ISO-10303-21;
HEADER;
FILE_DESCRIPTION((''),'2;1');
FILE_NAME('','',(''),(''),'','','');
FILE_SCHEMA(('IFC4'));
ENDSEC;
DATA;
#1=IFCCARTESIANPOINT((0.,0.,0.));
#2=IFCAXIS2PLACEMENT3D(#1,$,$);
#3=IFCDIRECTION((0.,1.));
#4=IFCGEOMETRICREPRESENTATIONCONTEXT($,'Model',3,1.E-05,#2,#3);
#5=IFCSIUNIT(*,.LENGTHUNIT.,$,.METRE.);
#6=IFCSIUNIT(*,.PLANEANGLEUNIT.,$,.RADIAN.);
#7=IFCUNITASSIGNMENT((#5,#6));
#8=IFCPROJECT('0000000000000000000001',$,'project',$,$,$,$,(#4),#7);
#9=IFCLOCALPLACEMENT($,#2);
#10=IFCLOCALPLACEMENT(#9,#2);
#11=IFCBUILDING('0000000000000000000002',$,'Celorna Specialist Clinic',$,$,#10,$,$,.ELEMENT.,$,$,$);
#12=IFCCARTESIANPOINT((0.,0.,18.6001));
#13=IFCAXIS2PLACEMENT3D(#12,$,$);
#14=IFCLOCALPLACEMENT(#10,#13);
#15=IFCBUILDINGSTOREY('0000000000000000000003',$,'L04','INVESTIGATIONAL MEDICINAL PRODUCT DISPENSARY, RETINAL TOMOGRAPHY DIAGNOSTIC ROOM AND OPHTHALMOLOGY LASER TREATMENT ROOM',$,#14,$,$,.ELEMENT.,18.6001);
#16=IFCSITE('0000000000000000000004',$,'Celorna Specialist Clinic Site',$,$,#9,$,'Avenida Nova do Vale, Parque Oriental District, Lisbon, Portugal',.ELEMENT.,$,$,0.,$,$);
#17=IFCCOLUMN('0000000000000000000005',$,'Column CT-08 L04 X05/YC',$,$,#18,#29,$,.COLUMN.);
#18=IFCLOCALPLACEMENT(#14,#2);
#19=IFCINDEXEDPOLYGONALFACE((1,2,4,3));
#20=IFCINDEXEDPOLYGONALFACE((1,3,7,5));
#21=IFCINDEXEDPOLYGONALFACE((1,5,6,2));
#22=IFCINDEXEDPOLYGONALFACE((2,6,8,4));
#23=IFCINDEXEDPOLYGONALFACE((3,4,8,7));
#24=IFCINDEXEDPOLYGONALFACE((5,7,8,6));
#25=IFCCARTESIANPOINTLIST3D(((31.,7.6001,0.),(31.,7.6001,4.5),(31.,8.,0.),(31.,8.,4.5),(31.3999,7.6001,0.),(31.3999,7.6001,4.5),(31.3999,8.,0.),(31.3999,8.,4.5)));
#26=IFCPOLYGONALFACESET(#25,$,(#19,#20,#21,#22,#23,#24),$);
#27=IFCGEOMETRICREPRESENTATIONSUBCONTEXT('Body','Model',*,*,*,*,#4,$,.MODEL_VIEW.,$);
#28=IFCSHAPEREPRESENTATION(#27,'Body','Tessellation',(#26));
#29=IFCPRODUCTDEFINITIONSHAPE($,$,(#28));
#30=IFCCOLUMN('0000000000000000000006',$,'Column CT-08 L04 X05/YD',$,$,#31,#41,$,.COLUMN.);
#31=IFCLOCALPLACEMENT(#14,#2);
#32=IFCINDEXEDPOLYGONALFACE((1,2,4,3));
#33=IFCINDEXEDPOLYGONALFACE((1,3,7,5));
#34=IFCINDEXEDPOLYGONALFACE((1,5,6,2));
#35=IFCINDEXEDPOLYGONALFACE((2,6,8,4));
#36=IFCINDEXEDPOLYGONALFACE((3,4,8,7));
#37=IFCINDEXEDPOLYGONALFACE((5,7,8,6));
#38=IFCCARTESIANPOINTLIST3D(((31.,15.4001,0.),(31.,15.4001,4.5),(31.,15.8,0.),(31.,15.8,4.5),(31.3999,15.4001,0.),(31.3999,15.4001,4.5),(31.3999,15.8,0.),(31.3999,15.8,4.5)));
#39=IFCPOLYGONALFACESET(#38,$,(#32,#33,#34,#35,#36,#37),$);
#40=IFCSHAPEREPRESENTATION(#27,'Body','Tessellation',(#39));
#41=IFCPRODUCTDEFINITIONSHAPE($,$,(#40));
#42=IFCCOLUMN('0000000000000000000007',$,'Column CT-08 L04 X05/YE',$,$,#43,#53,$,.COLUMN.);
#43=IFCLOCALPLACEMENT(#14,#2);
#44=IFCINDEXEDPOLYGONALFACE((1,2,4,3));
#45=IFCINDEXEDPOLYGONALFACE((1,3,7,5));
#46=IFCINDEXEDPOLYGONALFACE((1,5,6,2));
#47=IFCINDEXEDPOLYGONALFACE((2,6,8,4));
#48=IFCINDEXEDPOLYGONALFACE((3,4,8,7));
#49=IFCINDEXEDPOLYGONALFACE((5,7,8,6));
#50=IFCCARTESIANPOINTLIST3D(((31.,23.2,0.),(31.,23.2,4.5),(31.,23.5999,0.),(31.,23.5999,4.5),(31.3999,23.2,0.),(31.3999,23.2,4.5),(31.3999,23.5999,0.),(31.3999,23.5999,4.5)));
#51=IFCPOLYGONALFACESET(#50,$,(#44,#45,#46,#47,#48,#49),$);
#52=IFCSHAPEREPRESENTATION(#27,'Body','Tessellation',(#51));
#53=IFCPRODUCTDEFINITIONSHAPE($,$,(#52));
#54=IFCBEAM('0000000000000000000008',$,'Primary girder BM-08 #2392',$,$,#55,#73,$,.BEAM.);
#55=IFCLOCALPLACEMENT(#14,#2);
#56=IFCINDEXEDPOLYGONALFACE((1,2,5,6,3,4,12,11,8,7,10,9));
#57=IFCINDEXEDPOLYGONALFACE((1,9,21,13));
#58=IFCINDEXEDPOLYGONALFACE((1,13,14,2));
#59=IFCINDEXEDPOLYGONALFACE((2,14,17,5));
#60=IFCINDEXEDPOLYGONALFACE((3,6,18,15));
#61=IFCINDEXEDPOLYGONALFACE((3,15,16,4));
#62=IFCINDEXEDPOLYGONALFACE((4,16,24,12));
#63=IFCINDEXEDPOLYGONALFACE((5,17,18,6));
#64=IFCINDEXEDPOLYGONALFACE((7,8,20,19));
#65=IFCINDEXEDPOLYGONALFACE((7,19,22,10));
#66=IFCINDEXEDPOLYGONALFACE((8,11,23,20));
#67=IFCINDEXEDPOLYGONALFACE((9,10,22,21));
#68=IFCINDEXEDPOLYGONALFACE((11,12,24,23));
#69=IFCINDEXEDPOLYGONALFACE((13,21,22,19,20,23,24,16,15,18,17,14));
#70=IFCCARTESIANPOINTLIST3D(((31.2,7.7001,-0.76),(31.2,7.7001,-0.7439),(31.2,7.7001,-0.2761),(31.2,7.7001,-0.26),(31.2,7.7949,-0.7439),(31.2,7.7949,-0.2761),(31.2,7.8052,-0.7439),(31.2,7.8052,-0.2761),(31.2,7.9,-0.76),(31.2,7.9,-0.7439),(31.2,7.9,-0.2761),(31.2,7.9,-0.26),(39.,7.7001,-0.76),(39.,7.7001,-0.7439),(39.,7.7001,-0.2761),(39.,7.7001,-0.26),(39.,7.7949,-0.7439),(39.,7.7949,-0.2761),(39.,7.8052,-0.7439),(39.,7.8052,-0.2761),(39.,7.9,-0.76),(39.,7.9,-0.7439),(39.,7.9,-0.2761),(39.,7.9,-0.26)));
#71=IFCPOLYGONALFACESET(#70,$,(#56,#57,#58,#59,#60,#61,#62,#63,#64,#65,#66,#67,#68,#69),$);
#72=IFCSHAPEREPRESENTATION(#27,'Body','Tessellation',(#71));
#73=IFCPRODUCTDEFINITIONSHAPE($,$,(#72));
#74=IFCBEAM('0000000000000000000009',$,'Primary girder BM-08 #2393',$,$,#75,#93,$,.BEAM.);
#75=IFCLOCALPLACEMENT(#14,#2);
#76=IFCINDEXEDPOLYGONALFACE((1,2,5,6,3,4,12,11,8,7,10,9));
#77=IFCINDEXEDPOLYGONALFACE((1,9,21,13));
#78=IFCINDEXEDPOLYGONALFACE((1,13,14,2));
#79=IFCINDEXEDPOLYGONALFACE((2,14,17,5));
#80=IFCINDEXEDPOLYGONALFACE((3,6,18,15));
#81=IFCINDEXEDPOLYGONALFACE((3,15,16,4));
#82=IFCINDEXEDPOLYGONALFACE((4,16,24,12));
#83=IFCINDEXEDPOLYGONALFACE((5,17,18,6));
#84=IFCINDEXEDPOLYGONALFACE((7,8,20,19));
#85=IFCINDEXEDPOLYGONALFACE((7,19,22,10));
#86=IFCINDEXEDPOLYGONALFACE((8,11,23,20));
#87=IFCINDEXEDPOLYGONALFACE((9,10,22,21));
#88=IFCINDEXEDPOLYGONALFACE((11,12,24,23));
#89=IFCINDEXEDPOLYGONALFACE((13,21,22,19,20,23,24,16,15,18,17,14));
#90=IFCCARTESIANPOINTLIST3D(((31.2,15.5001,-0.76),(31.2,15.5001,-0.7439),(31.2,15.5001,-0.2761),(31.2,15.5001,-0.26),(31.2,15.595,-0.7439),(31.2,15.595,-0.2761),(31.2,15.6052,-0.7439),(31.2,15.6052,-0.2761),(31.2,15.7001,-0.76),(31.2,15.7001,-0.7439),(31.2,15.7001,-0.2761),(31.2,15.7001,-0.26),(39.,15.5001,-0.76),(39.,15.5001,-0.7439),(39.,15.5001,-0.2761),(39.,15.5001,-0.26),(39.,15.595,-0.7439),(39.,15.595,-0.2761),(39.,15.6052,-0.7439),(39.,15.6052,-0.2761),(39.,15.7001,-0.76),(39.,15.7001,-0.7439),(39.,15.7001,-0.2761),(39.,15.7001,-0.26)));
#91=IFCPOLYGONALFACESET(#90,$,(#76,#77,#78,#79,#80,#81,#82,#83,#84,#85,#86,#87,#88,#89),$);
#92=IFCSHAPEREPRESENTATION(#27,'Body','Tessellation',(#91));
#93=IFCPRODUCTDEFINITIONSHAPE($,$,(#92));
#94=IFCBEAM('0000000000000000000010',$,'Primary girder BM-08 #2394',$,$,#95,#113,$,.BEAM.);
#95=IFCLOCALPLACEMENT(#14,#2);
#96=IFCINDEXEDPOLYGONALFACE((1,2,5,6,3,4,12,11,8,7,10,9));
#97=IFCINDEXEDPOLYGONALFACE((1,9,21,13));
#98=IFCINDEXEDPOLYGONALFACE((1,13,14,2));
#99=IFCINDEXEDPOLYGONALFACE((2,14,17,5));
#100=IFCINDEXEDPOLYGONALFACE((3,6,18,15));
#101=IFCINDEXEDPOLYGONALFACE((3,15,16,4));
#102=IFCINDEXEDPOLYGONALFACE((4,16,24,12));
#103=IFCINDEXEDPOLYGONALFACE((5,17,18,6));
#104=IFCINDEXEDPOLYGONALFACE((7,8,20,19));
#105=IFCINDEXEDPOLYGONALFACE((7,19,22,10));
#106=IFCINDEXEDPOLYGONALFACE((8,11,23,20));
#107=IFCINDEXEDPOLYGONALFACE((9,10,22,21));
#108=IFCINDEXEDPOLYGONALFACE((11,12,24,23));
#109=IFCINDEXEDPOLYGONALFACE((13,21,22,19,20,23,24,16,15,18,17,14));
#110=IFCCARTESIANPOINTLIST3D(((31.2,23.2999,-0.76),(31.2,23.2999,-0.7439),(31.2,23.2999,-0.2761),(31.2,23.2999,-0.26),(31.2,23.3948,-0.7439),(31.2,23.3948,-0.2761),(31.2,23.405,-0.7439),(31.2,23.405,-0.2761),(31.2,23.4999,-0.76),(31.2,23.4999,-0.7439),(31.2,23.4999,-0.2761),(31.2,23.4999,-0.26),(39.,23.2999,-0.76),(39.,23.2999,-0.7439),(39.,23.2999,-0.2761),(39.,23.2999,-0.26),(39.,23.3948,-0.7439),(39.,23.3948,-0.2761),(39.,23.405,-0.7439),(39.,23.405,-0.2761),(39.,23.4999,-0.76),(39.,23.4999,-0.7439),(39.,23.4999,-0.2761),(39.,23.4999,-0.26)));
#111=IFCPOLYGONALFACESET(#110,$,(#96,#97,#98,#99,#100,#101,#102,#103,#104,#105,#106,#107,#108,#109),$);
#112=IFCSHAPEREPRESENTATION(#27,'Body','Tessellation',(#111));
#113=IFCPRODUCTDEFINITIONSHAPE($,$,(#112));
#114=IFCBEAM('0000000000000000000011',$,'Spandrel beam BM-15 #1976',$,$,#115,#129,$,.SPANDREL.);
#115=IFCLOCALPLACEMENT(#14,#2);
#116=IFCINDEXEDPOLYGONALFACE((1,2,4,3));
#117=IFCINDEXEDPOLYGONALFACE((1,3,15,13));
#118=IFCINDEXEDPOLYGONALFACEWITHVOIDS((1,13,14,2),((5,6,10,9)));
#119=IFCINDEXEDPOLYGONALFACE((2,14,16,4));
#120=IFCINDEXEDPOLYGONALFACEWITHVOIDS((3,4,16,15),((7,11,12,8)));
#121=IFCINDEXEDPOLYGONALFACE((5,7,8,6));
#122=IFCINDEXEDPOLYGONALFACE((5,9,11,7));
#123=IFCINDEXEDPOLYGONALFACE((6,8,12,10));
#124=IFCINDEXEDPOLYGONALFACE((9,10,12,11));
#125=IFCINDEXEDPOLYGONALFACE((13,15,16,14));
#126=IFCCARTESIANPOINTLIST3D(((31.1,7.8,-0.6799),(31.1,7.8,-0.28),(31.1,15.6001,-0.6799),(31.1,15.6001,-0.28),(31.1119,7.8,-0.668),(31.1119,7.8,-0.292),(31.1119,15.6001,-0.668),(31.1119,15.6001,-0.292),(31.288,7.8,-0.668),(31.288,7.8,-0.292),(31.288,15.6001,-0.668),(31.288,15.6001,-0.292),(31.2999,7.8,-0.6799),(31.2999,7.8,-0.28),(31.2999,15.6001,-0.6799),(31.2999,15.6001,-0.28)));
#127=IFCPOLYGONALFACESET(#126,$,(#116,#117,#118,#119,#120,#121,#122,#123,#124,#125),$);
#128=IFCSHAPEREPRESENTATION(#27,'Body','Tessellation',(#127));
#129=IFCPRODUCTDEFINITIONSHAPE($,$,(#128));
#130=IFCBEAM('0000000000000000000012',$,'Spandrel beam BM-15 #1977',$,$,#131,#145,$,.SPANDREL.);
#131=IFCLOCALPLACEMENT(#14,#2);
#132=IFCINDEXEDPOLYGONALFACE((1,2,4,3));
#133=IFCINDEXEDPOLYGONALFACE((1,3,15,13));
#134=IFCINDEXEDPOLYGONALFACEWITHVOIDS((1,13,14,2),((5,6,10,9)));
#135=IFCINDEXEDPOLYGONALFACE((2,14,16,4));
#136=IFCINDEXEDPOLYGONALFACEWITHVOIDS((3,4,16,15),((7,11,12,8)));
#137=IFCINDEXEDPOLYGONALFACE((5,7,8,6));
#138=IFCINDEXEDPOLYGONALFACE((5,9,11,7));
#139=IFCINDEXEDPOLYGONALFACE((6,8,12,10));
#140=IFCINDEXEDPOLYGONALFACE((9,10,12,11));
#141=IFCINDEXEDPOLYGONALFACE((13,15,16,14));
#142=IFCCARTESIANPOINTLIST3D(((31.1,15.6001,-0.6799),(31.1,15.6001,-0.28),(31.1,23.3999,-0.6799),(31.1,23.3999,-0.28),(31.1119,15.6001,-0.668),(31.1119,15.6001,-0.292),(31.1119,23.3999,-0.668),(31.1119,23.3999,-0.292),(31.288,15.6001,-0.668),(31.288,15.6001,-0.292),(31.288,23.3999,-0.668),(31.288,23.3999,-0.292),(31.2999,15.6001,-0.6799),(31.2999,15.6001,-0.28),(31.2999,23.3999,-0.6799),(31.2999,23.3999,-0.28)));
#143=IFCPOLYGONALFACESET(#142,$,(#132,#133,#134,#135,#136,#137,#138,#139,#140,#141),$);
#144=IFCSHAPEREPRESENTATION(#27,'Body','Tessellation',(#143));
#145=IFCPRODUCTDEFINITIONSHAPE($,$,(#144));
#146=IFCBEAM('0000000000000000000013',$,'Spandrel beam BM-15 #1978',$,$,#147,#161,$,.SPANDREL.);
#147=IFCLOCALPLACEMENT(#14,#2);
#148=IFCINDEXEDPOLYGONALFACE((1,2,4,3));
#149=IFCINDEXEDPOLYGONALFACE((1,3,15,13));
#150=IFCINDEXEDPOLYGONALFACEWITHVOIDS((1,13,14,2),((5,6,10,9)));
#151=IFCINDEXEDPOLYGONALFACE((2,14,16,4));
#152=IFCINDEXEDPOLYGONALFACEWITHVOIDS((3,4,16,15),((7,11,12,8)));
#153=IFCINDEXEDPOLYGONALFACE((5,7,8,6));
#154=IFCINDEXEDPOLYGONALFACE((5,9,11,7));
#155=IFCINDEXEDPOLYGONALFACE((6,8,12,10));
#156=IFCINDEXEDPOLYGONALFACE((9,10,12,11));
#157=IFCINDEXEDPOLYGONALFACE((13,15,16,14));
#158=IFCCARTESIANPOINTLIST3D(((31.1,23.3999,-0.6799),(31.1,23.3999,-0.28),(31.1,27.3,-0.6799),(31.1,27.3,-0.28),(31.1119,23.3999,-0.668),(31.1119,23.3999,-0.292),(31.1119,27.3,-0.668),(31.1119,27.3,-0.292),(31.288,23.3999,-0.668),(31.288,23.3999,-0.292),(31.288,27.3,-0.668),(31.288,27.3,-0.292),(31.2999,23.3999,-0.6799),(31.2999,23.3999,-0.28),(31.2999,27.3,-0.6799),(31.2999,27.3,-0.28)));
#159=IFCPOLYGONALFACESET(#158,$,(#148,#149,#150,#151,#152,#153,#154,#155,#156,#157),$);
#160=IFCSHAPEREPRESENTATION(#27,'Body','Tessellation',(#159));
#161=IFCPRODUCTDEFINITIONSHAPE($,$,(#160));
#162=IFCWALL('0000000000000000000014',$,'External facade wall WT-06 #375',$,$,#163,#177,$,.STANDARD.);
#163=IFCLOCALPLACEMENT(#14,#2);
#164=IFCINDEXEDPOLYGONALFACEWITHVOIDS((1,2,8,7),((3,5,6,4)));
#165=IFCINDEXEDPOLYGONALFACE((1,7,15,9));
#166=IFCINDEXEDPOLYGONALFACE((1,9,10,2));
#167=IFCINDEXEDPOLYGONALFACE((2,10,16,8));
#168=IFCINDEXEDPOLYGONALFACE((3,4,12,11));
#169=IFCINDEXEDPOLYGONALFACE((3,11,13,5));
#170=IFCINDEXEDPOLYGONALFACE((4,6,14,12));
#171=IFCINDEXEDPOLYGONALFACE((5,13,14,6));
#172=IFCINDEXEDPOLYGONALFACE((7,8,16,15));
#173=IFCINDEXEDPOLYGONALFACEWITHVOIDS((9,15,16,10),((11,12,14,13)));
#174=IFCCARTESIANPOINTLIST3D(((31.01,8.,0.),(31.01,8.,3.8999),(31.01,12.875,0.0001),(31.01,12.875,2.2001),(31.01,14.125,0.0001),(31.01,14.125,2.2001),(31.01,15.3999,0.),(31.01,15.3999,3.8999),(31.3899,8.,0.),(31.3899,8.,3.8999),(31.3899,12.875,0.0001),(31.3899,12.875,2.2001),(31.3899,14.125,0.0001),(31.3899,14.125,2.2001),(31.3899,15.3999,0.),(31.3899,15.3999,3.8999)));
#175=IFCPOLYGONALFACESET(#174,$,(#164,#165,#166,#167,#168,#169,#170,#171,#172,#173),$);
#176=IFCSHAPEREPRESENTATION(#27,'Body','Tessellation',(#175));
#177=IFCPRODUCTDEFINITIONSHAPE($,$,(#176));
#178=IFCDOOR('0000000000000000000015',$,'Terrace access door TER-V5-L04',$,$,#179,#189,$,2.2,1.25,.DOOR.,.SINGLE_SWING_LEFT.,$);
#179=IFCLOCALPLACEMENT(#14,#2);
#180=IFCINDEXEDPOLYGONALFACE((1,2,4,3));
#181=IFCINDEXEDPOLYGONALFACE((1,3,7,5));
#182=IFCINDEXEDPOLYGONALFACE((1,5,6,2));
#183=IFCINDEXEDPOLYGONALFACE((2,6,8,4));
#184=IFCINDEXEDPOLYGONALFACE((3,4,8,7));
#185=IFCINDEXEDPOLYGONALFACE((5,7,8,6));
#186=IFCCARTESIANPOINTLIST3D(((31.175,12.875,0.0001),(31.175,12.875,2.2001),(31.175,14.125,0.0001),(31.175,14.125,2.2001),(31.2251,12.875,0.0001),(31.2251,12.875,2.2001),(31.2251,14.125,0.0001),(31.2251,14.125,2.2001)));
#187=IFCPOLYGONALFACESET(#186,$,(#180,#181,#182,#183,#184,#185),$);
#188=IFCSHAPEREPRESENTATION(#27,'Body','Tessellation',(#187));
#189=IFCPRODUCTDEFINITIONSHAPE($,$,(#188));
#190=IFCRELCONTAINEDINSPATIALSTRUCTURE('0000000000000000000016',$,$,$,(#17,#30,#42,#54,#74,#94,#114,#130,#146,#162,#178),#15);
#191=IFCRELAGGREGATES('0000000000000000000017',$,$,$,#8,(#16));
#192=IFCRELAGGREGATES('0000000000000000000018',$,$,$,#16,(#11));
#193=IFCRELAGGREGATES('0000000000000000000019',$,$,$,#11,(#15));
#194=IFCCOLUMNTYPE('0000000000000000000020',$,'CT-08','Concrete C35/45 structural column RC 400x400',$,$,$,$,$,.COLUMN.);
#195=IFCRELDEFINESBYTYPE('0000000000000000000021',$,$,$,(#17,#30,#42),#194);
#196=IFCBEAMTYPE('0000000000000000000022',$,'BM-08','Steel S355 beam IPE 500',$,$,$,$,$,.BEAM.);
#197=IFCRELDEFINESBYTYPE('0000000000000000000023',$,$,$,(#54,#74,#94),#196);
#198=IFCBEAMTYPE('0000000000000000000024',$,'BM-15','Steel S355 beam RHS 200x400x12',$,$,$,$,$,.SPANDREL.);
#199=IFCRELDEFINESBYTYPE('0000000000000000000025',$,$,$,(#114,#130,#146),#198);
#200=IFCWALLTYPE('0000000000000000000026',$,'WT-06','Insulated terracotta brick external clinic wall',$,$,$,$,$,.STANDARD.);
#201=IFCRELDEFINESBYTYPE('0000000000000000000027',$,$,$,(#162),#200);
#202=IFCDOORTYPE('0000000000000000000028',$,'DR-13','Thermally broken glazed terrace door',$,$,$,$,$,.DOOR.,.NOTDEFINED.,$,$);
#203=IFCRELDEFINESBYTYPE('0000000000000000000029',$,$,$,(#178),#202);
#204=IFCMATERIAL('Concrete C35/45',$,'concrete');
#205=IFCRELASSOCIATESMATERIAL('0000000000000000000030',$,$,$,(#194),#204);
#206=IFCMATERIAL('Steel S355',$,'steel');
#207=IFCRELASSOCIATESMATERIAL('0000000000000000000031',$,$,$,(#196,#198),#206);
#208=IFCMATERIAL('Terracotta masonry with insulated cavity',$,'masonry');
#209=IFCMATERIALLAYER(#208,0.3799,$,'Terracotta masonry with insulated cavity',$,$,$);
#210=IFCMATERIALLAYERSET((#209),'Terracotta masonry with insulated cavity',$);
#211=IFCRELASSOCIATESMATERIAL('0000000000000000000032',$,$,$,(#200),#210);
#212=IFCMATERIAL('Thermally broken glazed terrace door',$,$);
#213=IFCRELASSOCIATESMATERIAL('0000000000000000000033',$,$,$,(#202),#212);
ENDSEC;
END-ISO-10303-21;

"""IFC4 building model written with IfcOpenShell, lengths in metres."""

from ifc_helpers import new_model, si_unit, direction, frame, frame_2d, origin, origin_2d, place, context, subcontext, project, spatial, rectangle, hollow_rectangle, i_section, extrude, material, layer, layer_set, material_profile, profile_set, type_object, element, fill, save


model = new_model("IFC4")

# Units and contexts
model_context = context("Model", 3, precision=1e-05, world=origin(), true_north=direction((0.0, 1.0)))
body_context = subcontext(model_context, "Body", "Model", "MODEL_VIEW")
ifc_project = project(units=[si_unit("LENGTHUNIT", "METRE"), si_unit("PLANEANGLEUNIT", "RADIAN")], contexts=[model_context])

# Site, building, storey
site_placement = place(None, origin())
site = spatial("IfcSite", under=ifc_project, at=site_placement, Name="Celorna Specialist Clinic Site", LongName="Avenida Nova do Vale, Parque Oriental District, Lisbon, Portugal", CompositionType="ELEMENT", RefElevation=0.0)
building_placement = place(site_placement, origin())
building = spatial("IfcBuilding", under=site, at=building_placement, Name="Celorna Specialist Clinic", CompositionType="ELEMENT")
storey_placement = place(building_placement, frame((0.0, 0.0, 18.6001)))
storey = spatial("IfcBuildingStorey", under=building, at=storey_placement, Name="L04", Description="INVESTIGATIONAL MEDICINAL PRODUCT DISPENSARY, RETINAL TOMOGRAPHY DIAGNOSTIC ROOM AND OPHTHALMOLOGY LASER TREATMENT ROOM", CompositionType="ELEMENT", Elevation=18.6001)

# Columns
ifc_material_1 = material(Name="Concrete C35/45", Category="concrete")
ifc_material_profile_1 = material_profile(ifc_material_1, rectangle(XDim=0.3999, YDim=0.3999, at=origin_2d()), Name="RC 400x400")
ifc_profile_set_1 = profile_set([ifc_material_profile_1], Name="Concrete C35/45")
column_type = type_object("IfcColumnType", Name="CT-08", Description="Concrete C35/45 structural column RC 400x400", PredefinedType="COLUMN", material=ifc_profile_set_1)
for number, where, z_axis, x_axis, name in (
    (1, (31.2, 7.8, 0.0), (0.0, 0.0, 1.0), (1.0, 0.0, 0.0), "Column CT-08 L04 X05/YC"),
    (2, (31.2, 15.6001, 0.0), (0.0, 0.0, 1.0), (1.0, 0.0, 0.0), "Column CT-08 L04 X05/YD"),
    (3, (31.2, 23.3999, 0.0), (0.0, 0.0, 1.0), (1.0, 0.0, 0.0), "Column CT-08 L04 X05/YE"),
):
    element("IfcColumn", number, at=place(storey_placement, frame(where, z_axis=z_axis, x_axis=x_axis)), inside=storey, type_object=column_type, Name=name, PredefinedType="COLUMN", context=body_context, shape_type="SweptSolid", body=[
        extrude(rectangle(XDim=0.3999, YDim=0.3999, at=origin_2d()), origin(), (0.0, 0.0, 1.0), 4.5),
    ])

# Beams
ifc_material_2 = material(Name="Steel S355", Category="steel")
ifc_material_profile_2 = material_profile(ifc_material_2, i_section(OverallWidth=0.2, OverallDepth=0.5, WebThickness=0.0103, FlangeThickness=0.0161, at=origin_2d()), Name="IPE 500")
ifc_profile_set_2 = profile_set([ifc_material_profile_2], Name="Steel S355")
beam_type_1 = type_object("IfcBeamType", Name="BM-08", Description="Steel S355 beam IPE 500", PredefinedType="BEAM", material=ifc_profile_set_2)
for number, where, z_axis, x_axis, name in (
    (4, (31.2, 7.8, -0.51), (1.0, 0.0, 0.0), (0.0, 1.0, 0.0), "Primary girder BM-08 #2392"),
    (5, (31.2, 15.6001, -0.51), (1.0, 0.0, 0.0), (0.0, 1.0, 0.0), "Primary girder BM-08 #2393"),
    (6, (31.2, 23.3999, -0.51), (1.0, 0.0, 0.0), (0.0, 1.0, 0.0), "Primary girder BM-08 #2394"),
):
    element("IfcBeam", number, at=place(storey_placement, frame(where, z_axis=z_axis, x_axis=x_axis)), inside=storey, type_object=beam_type_1, Name=name, PredefinedType="BEAM", context=body_context, shape_type="SweptSolid", body=[
        extrude(i_section(OverallWidth=0.2, OverallDepth=0.5, WebThickness=0.0103, FlangeThickness=0.0161, at=origin_2d()), origin(), (0.0, 0.0, 1.0), 7.8),
    ])
ifc_material_profile_3 = material_profile(ifc_material_2, hollow_rectangle(XDim=0.2, YDim=0.3999, WallThickness=0.012, at=origin_2d()), Name="RHS 200x400x12")
ifc_profile_set_3 = profile_set([ifc_material_profile_3], Name="Steel S355")
beam_type_2 = type_object("IfcBeamType", Name="BM-15", Description="Steel S355 beam RHS 200x400x12", PredefinedType="SPANDREL", material=ifc_profile_set_3)
beam_1_placement = place(storey_placement, frame((31.2, 7.8, -0.48), z_axis=(0.0, 1.0, 0.0), x_axis=(-1.0, 0.0, 0.0)))
element("IfcBeam", 7, at=beam_1_placement, inside=storey, type_object=beam_type_2, Name="Spandrel beam BM-15 #1976", PredefinedType="SPANDREL", context=body_context, shape_type="SweptSolid", body=[
    extrude(hollow_rectangle(XDim=0.2, YDim=0.3999, WallThickness=0.012, at=origin_2d()), origin(), (0.0, 0.0, 1.0), 7.8),
])
beam_2_placement = place(storey_placement, frame((31.2, 15.6001, -0.48), z_axis=(0.0, 1.0, 0.0), x_axis=(-1.0, 0.0, 0.0)))
element("IfcBeam", 8, at=beam_2_placement, inside=storey, type_object=beam_type_2, Name="Spandrel beam BM-15 #1977", PredefinedType="SPANDREL", context=body_context, shape_type="SweptSolid", body=[
    extrude(hollow_rectangle(XDim=0.2, YDim=0.3999, WallThickness=0.012, at=origin_2d()), origin(), (0.0, 0.0, 1.0), 7.7998),
])
beam_3_placement = place(storey_placement, frame((31.2, 23.3999, -0.48), z_axis=(0.0, 1.0, 0.0), x_axis=(-1.0, 0.0, 0.0)))
element("IfcBeam", 9, at=beam_3_placement, inside=storey, type_object=beam_type_2, Name="Spandrel beam BM-15 #1978", PredefinedType="SPANDREL", context=body_context, shape_type="SweptSolid", body=[
    extrude(hollow_rectangle(XDim=0.2, YDim=0.3999, WallThickness=0.012, at=origin_2d()), origin(), (0.0, 0.0, 1.0), 3.9001),
])

# Wall, opening, door
ifc_material_3 = material(Name="Terracotta masonry with insulated cavity", Category="masonry")
ifc_layer_1 = layer(ifc_material_3, 0.3799, Name="Terracotta masonry with insulated cavity")
ifc_layer_set_1 = layer_set([ifc_layer_1], Name="Terracotta masonry with insulated cavity")
wall_type_1 = type_object("IfcWallType", Name="WT-06", Description="Insulated terracotta brick external clinic wall", PredefinedType="STANDARD", material=ifc_layer_set_1)
wall_1_placement = place(storey_placement, frame((31.2, 15.3999, 0.0), z_axis=(0.0, 0.0, 1.0), x_axis=(0.0, -1.0, 0.0)))
wall_1 = element("IfcWall", 10, at=wall_1_placement, inside=storey, type_object=wall_type_1, Name="External facade wall WT-06 #375", PredefinedType="STANDARD", context=body_context, shape_type="SweptSolid", body=[
    extrude(rectangle(XDim=7.3999, YDim=0.3799, at=frame_2d((3.7, 0.0))), origin(), (0.0, 0.0, 1.0), 3.8999),
])
opening_1_placement = place(wall_1_placement, frame((1.2749, 0.0, 0.0)))
opening_1 = element("IfcOpeningElement", 11, at=opening_1_placement, cuts=wall_1, PredefinedType="OPENING", context=body_context, shape_type="SweptSolid", body=[
    extrude(rectangle(XDim=1.25, YDim=2.2, at=frame_2d((0.625, 1.1001))), frame((0.0, 0.2, 0.0), z_axis=(0.0, -1.0, 0.0), x_axis=(1.0, 0.0, 0.0)), (0.0, 0.0, 1.0), 0.3999),
])
ifc_material_4 = material(Name="Thermally broken glazed terrace door")
door_type_1 = type_object("IfcDoorType", Name="DR-13", Description="Thermally broken glazed terrace door", OperationType="NOTDEFINED", PredefinedType="DOOR", material=ifc_material_4)
door_1_placement = place(opening_1_placement, frame((1.25, 0.0, 0.0), z_axis=(0.0, 0.0, 1.0), x_axis=(-1.0, 0.0, 0.0)))
door_1 = element("IfcDoor", 12, at=door_1_placement, inside=storey, type_object=door_type_1, Name="Terrace access door TER-V5-L04", OperationType="SINGLE_SWING_LEFT", OverallHeight=2.2, OverallWidth=1.25, PredefinedType="DOOR", context=body_context, shape_type="SweptSolid", body=[
    extrude(rectangle(XDim=1.25, YDim=2.2, at=frame_2d((0.625, 1.1001))), frame((0.0, 0.0249, 0.0), z_axis=(0.0, -1.0, 0.0), x_axis=(1.0, 0.0, 0.0)), (0.0, 0.0, 1.0), 0.05),
])
fill(opening_1, door_1)

save(model, "model.ifc")
